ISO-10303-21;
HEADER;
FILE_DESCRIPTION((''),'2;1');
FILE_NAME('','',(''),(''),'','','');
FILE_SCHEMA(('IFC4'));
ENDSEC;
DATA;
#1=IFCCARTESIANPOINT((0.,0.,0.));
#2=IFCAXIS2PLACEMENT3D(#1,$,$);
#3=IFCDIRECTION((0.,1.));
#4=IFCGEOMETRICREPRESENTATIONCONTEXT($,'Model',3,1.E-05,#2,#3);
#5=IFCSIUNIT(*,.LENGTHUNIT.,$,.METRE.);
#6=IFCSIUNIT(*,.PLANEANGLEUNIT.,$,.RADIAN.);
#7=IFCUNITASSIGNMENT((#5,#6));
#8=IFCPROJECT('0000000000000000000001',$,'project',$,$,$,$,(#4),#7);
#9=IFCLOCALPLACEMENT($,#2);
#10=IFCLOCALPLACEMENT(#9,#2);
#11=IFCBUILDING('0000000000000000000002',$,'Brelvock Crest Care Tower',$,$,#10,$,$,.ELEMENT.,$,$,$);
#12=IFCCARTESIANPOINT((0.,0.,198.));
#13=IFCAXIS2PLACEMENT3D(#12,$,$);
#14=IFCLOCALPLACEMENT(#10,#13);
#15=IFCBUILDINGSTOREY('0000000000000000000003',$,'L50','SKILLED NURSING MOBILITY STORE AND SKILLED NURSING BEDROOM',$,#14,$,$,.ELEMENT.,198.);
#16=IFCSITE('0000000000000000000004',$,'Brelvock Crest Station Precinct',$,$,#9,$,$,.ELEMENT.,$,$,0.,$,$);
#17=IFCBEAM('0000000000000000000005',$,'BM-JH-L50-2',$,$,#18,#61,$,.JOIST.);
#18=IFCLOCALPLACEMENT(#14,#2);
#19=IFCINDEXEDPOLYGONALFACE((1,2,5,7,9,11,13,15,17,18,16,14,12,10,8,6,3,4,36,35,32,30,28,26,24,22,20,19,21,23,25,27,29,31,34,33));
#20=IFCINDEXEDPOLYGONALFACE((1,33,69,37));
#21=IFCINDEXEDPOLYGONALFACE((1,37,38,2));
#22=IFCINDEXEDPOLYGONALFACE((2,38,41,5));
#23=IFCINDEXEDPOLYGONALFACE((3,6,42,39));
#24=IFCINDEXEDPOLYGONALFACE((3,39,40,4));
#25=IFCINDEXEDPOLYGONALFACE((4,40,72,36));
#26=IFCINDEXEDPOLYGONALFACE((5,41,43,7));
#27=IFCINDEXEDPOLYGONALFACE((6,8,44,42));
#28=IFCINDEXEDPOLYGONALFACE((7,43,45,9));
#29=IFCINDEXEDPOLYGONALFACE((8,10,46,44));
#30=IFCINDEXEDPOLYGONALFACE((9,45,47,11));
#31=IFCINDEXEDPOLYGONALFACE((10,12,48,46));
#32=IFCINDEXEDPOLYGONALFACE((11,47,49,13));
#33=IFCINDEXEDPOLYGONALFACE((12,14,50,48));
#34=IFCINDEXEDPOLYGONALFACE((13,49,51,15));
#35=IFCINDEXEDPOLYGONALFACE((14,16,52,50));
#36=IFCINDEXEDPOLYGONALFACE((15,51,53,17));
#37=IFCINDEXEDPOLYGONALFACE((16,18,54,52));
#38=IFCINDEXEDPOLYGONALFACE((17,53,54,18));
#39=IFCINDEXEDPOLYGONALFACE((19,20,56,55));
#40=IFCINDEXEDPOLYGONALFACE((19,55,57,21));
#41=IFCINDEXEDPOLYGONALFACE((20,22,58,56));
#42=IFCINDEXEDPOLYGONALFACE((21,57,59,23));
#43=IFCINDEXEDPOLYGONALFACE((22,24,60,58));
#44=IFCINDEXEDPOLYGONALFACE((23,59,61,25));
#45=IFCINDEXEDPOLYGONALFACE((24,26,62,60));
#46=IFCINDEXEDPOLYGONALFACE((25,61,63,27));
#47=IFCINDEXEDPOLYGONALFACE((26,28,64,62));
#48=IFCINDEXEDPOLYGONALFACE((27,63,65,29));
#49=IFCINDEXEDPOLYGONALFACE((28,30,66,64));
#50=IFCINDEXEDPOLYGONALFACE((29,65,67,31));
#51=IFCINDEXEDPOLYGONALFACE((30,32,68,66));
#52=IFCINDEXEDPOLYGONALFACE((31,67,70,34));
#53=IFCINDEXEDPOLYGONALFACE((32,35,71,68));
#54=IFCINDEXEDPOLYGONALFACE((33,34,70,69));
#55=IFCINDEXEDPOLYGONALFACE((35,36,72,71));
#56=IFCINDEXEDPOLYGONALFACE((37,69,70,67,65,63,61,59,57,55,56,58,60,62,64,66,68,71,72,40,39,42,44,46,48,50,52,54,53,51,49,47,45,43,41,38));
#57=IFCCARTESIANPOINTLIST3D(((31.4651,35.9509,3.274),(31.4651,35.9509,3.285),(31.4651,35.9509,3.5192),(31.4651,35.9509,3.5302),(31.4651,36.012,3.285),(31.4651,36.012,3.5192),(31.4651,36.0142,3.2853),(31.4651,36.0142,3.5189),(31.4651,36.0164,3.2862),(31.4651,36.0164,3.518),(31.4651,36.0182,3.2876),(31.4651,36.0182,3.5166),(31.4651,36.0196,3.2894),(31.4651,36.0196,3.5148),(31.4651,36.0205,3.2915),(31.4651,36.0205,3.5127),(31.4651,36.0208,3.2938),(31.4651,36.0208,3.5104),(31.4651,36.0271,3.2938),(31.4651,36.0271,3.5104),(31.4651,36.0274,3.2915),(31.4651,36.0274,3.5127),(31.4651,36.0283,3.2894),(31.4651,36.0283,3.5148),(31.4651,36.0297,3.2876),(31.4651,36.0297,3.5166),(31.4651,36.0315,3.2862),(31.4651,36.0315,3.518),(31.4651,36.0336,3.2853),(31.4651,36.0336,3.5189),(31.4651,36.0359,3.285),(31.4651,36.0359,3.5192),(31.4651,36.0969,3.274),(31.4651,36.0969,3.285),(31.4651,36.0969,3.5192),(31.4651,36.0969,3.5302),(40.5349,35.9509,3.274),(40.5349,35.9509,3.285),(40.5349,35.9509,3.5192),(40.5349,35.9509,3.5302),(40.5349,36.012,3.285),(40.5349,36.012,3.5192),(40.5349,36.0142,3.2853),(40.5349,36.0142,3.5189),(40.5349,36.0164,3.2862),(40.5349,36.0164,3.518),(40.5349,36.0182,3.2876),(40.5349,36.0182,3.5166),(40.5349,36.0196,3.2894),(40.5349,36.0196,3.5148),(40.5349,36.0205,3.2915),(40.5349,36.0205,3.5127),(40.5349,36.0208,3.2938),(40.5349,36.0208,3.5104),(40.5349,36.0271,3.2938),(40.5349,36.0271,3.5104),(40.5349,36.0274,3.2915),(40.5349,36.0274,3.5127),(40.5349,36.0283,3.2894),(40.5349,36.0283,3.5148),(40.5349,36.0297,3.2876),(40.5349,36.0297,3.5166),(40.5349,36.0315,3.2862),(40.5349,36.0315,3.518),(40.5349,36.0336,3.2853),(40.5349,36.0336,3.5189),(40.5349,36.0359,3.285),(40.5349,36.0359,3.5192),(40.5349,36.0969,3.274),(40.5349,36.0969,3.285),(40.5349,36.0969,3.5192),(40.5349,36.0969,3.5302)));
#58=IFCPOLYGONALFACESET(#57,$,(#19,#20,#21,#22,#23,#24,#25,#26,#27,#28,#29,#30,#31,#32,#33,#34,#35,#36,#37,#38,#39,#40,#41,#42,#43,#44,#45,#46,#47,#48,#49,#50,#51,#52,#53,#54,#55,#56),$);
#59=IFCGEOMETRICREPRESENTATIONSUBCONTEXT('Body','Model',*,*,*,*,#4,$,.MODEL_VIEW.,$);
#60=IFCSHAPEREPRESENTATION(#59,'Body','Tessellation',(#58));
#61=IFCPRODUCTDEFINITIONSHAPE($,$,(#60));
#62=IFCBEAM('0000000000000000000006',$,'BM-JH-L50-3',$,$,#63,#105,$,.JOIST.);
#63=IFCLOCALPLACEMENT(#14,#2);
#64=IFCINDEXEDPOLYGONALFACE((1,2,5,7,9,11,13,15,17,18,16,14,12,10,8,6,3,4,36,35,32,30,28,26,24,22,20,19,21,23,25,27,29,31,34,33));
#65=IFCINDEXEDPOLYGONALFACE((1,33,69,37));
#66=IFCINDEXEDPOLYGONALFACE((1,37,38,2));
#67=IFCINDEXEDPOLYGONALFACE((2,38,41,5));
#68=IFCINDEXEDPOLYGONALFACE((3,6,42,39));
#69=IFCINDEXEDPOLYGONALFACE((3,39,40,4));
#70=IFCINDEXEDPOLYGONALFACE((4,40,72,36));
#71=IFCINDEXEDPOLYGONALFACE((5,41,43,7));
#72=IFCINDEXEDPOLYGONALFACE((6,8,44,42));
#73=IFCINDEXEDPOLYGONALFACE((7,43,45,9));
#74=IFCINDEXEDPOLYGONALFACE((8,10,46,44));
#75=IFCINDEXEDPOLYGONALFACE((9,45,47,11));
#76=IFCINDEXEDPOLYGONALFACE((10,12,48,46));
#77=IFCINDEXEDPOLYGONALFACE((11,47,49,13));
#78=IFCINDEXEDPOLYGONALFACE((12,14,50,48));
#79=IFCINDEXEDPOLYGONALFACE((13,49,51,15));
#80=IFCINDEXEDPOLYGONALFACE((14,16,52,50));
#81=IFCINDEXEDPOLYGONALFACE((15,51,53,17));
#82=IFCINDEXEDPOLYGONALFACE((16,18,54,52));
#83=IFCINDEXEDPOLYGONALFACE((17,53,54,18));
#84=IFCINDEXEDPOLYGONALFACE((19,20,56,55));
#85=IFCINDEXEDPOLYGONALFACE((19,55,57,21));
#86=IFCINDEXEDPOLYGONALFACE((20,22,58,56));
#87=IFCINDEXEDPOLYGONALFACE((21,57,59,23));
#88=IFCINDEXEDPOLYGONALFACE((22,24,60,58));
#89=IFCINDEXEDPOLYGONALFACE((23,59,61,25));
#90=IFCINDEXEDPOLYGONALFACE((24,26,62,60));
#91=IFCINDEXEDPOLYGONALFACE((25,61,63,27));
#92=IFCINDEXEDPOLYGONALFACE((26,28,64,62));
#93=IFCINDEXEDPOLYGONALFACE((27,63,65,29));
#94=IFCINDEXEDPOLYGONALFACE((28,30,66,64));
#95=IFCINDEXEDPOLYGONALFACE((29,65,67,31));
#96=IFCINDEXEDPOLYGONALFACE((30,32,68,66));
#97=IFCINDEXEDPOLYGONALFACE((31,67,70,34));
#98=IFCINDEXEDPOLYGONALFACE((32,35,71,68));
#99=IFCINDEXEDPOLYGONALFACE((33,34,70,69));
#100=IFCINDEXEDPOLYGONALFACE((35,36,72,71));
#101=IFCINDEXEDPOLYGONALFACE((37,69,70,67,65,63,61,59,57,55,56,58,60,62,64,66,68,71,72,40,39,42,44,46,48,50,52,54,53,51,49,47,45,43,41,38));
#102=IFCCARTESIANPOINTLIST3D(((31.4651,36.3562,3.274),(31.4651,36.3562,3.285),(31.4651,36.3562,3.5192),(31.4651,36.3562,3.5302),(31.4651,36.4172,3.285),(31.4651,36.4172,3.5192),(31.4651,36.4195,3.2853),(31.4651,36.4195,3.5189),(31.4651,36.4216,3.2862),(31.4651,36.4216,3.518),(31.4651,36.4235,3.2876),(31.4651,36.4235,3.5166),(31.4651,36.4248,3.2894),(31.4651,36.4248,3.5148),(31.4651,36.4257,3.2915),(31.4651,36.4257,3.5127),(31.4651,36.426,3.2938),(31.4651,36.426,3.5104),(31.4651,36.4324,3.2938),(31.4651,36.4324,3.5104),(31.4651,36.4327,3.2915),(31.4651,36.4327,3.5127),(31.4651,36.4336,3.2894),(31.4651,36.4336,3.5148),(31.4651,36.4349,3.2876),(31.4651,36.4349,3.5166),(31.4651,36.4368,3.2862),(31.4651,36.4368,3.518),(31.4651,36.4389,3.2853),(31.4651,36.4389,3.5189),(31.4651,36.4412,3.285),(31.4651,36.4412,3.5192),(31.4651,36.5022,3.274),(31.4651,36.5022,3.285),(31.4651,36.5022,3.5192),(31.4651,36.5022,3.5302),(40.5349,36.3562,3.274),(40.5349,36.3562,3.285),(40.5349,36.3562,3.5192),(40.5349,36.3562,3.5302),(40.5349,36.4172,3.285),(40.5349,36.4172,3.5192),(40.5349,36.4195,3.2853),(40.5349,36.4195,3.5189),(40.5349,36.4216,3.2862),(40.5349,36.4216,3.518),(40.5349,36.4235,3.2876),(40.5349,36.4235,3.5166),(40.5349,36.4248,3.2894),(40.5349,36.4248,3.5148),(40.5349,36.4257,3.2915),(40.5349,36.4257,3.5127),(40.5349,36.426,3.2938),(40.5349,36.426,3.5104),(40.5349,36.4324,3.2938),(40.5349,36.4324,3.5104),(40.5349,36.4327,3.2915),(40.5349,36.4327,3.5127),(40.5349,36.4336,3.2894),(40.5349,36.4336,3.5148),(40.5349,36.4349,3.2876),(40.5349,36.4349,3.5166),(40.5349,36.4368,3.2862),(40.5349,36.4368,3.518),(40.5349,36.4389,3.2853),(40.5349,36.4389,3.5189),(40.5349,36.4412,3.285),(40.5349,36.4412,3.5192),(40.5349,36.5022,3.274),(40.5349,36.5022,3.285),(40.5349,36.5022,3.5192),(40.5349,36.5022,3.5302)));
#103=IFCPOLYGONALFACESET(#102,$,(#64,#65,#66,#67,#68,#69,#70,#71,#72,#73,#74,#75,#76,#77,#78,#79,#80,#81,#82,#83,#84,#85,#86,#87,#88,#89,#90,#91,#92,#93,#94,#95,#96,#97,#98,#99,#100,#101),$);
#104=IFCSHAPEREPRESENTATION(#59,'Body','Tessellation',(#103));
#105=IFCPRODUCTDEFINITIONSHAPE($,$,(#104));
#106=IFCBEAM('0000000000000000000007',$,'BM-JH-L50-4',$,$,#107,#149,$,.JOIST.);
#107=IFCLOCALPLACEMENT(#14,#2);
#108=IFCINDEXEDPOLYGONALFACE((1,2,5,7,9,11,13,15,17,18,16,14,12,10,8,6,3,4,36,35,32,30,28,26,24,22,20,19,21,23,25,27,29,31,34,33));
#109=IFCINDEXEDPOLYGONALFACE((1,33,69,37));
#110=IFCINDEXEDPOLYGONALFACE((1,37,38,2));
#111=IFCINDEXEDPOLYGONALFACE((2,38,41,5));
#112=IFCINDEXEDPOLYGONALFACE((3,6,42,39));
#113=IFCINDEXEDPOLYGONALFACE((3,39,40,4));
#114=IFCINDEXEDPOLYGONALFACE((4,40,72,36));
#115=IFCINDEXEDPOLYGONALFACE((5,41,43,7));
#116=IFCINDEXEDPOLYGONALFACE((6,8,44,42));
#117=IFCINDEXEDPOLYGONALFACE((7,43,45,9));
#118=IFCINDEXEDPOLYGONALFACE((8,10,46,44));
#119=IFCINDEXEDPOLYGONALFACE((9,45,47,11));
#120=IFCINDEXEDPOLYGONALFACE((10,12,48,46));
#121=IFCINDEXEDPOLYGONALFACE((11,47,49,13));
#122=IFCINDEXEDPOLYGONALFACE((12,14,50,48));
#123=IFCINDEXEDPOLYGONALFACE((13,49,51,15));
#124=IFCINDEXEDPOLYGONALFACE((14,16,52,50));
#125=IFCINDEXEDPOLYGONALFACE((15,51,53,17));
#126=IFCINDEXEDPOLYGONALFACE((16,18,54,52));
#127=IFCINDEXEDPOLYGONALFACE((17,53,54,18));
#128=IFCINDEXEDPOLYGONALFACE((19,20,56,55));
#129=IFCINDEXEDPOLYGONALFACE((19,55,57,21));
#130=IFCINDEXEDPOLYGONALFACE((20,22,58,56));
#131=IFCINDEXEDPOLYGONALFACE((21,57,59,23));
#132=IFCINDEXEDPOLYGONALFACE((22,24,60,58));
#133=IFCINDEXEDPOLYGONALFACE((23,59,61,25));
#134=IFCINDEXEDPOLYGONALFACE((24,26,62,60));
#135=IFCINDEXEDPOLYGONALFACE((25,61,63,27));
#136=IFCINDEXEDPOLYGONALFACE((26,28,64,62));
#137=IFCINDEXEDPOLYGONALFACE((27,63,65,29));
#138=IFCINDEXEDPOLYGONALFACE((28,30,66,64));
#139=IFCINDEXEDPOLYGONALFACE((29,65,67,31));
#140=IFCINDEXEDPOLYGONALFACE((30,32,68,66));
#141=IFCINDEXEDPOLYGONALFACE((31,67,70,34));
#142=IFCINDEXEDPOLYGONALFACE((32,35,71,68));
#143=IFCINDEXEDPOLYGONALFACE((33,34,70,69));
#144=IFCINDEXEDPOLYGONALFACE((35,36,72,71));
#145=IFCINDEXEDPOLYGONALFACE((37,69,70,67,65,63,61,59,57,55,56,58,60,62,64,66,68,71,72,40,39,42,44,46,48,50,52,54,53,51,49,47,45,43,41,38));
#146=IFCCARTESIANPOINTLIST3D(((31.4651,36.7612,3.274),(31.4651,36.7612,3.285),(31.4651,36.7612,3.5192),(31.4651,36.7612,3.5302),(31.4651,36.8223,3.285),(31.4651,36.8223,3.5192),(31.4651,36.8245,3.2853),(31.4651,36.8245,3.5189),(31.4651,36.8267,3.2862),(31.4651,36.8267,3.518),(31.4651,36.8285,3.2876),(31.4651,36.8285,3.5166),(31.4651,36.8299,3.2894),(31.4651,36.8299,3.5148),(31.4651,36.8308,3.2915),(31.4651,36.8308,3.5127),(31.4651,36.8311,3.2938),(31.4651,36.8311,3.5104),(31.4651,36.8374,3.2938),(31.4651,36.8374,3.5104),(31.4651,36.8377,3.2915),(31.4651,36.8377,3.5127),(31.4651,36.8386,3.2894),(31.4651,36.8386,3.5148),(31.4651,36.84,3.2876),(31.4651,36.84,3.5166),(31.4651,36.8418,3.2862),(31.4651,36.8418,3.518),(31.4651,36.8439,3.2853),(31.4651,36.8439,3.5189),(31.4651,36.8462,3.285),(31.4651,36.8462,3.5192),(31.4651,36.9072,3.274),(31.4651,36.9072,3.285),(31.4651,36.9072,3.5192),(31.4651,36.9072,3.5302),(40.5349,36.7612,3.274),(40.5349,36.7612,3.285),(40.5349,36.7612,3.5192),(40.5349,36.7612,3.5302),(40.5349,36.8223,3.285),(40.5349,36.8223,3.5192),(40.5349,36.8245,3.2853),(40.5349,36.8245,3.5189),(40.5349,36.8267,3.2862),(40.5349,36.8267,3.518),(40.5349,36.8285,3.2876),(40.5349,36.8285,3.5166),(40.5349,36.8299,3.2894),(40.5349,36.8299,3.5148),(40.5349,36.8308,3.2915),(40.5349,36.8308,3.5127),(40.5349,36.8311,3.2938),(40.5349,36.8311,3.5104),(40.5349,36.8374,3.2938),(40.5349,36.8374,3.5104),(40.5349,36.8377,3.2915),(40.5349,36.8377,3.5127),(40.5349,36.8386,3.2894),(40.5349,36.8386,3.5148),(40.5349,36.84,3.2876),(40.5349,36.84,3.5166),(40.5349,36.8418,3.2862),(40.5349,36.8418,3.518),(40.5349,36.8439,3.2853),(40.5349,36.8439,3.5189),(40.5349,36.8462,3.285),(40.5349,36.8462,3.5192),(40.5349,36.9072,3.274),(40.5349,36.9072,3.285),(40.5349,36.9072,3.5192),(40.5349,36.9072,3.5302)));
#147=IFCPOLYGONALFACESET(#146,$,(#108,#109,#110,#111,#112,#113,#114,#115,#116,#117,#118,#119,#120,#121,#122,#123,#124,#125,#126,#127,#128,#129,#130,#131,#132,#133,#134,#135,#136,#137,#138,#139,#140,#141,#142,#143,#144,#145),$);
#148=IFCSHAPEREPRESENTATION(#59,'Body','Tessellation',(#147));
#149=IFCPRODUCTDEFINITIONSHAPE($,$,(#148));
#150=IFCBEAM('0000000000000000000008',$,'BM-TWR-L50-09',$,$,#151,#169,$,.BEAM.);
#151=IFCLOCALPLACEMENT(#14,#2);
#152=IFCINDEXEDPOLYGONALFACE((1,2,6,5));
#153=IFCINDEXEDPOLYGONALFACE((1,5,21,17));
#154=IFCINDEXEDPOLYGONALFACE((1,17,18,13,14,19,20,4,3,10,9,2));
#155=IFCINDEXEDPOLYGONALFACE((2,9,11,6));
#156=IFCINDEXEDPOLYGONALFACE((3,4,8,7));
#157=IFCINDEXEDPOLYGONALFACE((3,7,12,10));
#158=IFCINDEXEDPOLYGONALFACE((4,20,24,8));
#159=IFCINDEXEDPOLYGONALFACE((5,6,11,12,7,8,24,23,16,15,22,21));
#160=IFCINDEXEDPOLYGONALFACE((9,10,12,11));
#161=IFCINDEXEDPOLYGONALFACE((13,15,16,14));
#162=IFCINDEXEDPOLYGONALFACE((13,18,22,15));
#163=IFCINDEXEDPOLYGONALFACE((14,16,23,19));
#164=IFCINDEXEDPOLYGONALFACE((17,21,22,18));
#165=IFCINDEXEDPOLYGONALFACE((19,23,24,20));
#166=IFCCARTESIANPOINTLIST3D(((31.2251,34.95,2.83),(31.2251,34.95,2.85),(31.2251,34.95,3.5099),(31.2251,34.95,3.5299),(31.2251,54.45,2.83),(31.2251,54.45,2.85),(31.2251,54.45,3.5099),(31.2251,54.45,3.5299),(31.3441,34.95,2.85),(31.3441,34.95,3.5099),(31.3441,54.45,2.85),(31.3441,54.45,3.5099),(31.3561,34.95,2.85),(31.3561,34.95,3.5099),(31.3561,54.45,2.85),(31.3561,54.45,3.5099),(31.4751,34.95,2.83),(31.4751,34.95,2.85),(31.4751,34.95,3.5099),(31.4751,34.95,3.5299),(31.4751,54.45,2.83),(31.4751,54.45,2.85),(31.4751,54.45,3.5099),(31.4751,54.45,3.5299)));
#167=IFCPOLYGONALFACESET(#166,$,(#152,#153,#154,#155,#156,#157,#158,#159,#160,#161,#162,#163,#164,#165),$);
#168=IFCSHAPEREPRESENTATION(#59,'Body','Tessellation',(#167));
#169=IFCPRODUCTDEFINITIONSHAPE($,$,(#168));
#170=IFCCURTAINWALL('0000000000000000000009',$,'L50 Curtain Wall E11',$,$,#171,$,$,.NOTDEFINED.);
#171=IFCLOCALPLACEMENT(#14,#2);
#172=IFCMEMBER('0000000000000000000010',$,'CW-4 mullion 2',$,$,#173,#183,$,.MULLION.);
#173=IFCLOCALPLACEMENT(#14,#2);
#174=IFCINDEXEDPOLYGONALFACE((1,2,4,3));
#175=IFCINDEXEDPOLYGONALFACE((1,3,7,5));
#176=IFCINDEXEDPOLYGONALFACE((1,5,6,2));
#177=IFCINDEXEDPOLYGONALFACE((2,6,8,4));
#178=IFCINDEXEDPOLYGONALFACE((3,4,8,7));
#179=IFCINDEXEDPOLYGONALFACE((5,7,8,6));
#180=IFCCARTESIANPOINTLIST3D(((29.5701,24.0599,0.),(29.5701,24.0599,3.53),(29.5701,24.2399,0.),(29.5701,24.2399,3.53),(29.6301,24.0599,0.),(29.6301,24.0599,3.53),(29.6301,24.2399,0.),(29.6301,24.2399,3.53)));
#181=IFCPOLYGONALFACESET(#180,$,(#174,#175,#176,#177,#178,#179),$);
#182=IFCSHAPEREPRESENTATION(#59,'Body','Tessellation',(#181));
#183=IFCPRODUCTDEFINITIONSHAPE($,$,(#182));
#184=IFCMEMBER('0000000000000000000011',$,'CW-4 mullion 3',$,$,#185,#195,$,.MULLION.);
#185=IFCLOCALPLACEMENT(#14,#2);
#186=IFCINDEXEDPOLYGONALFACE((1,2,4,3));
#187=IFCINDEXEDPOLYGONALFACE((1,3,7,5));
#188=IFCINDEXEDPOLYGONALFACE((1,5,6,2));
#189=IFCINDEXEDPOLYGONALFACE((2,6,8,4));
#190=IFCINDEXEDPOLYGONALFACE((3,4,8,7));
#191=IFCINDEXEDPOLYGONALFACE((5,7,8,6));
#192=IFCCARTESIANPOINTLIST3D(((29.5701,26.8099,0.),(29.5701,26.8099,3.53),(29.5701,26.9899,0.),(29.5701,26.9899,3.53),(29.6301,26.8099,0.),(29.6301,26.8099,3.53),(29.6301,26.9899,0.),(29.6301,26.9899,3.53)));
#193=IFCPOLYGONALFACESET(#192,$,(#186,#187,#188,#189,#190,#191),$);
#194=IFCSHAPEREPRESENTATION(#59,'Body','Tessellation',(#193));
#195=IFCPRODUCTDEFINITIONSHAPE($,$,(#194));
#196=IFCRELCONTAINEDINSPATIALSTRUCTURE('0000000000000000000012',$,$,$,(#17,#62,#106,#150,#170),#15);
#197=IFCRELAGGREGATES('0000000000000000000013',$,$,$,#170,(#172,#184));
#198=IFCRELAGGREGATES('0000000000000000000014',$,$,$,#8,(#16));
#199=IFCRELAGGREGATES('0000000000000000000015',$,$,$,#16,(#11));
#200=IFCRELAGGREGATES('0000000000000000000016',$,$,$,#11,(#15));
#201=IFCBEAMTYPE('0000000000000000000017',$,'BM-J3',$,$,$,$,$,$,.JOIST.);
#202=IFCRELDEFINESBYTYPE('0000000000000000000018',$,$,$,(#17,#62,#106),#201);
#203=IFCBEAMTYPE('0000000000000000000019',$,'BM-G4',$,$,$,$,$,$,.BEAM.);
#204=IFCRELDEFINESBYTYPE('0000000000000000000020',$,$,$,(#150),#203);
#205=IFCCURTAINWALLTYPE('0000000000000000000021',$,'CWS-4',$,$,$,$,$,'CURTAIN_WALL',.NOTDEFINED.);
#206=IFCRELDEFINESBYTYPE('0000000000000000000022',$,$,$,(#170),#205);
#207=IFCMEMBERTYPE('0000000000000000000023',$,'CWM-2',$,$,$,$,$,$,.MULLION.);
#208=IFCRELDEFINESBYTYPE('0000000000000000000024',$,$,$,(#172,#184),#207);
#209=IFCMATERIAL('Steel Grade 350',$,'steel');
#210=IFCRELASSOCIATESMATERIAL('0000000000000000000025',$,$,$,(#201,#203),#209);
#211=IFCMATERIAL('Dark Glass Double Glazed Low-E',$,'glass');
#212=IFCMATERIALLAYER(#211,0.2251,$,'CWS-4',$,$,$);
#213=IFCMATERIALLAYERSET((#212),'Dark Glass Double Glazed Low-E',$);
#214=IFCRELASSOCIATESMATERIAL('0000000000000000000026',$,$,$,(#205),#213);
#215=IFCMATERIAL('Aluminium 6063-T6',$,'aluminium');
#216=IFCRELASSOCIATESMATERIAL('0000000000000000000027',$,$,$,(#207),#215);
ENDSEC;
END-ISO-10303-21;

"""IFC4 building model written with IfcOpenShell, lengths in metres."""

from ifc_helpers import new_model, si_unit, direction, frame, origin, origin_2d, place, context, subcontext, project, spatial, rectangle, i_section, extrude, source, transform, mapped, material, layer, layer_set, material_profile, profile_set, type_object, element, aggregate, save


model = new_model("IFC4")

# Units and contexts
model_context = context("Model", 3, precision=1e-05, world=origin(), true_north=direction((0.0, 1.0)))
body_context = subcontext(model_context, "Body", "Model", "MODEL_VIEW")
ifc_project = project(units=[si_unit("LENGTHUNIT", "METRE"), si_unit("PLANEANGLEUNIT", "RADIAN")], contexts=[model_context])

# Site, building, storey
site_placement = place(None, origin())
site = spatial("IfcSite", under=ifc_project, at=site_placement, Name="Brelvock Crest Station Precinct", CompositionType="ELEMENT", RefElevation=0.0)
building_placement = place(site_placement, origin())
building = spatial("IfcBuilding", under=site, at=building_placement, Name="Brelvock Crest Care Tower", CompositionType="ELEMENT")
storey_placement = place(building_placement, frame((0.0, 0.0, 198.0)))
storey = spatial("IfcBuildingStorey", under=building, at=storey_placement, Name="L50", Description="SKILLED NURSING MOBILITY STORE AND SKILLED NURSING BEDROOM", CompositionType="ELEMENT", Elevation=198.0)

# Shared definitions
ifc_material_1 = material(Name="Steel Grade 350", Category="steel")

# Beams
ifc_material_profile_1 = material_profile(ifc_material_1, i_section(OverallWidth=0.146, OverallDepth=0.2561, WebThickness=0.0063, FlangeThickness=0.011, FilletRadius=0.0088, at=origin_2d()), Name="250UB37.3")
ifc_profile_set_1 = profile_set([ifc_material_profile_1], Name="Steel Grade 350")
beam_type_1 = type_object("IfcBeamType", Name="BM-J3", PredefinedType="JOIST", material=ifc_profile_set_1)
shared_shape_1 = source(origin(), body_context, "Body", "SweptSolid", [
    extrude(i_section(OverallWidth=0.146, OverallDepth=0.2561, WebThickness=0.0063, FlangeThickness=0.011, FilletRadius=0.0088, at=origin_2d()), origin(), (0.0, 0.0, 1.0), 9.0698),
])
for number, where, z_axis, x_axis, name in (
    (1, (31.4651, 36.0239, 3.4021), (1.0, 0.0, 0.0), (0.0, 1.0, 0.0), "BM-JH-L50-2"),
    (2, (31.4651, 36.4292, 3.4021), (1.0, 0.0, 0.0), (0.0, 1.0, 0.0), "BM-JH-L50-3"),
    (3, (31.4651, 36.8342, 3.4021), (1.0, 0.0, 0.0), (0.0, 1.0, 0.0), "BM-JH-L50-4"),
):
    element("IfcBeam", number, at=place(storey_placement, frame(where, z_axis=z_axis, x_axis=x_axis)), inside=storey, type_object=beam_type_1, Name=name, PredefinedType="JOIST", context=body_context, shape_type="MappedRepresentation", body=[
        mapped(shared_shape_1, transform((0.0, 0.0, 0.0), x_axis=(1.0, 0.0, 0.0), y_axis=(0.0, 1.0, 0.0), z_axis=(0.0, 0.0, 1.0), scale=1.0)),
    ])
ifc_material_profile_2 = material_profile(ifc_material_1, i_section(OverallWidth=0.25, OverallDepth=0.7, WebThickness=0.012, FlangeThickness=0.02, at=origin_2d()), Name="700WB150")
ifc_profile_set_2 = profile_set([ifc_material_profile_2], Name="Steel Grade 350")
beam_type_2 = type_object("IfcBeamType", Name="BM-G4", PredefinedType="BEAM", material=ifc_profile_set_2)
shared_shape_2 = source(origin(), body_context, "Body", "SweptSolid", [
    extrude(i_section(OverallWidth=0.25, OverallDepth=0.7, WebThickness=0.012, FlangeThickness=0.02, at=origin_2d()), origin(), (0.0, 0.0, 1.0), 19.5),
])
beam_1_placement = place(storey_placement, frame((31.3501, 34.95, 3.1799), z_axis=(0.0, 1.0, 0.0), x_axis=(-1.0, 0.0, 0.0)))
element("IfcBeam", 4, at=beam_1_placement, inside=storey, type_object=beam_type_2, Name="BM-TWR-L50-09", PredefinedType="BEAM", context=body_context, shape_type="MappedRepresentation", body=[
    mapped(shared_shape_2, transform((0.0, 0.0, 0.0), x_axis=(1.0, 0.0, 0.0), y_axis=(0.0, 1.0, 0.0), z_axis=(0.0, 0.0, 1.0), scale=1.0)),
])

# Curtain wall, members
ifc_material_2 = material(Name="Dark Glass Double Glazed Low-E", Category="glass")
ifc_layer_1 = layer(ifc_material_2, 0.2251, Name="CWS-4")
ifc_layer_set_1 = layer_set([ifc_layer_1], Name="Dark Glass Double Glazed Low-E")
curtain_wall_type = type_object("IfcCurtainWallType", Name="CWS-4", ElementType="CURTAIN_WALL", PredefinedType="NOTDEFINED", material=ifc_layer_set_1)
curtain_wall_1_placement = place(storey_placement, origin())
curtain_wall_1 = element("IfcCurtainWall", 5, at=curtain_wall_1_placement, inside=storey, type_object=curtain_wall_type, Name="L50 Curtain Wall E11", PredefinedType="NOTDEFINED")
ifc_material_3 = material(Name="Aluminium 6063-T6", Category="aluminium")
ifc_material_profile_3 = material_profile(ifc_material_3, rectangle(XDim=0.0601, YDim=0.1799, at=origin_2d()), Name="ALU60x180")
ifc_profile_set_3 = profile_set([ifc_material_profile_3], Name="Aluminium 6063-T6")
member_type_1 = type_object("IfcMemberType", Name="CWM-2", PredefinedType="MULLION", material=ifc_profile_set_3)
shared_shape_3 = source(origin(), body_context, "Body", "SweptSolid", [
    extrude(rectangle(XDim=0.0601, YDim=0.1799, at=origin_2d()), origin(), (0.0, 0.0, 1.0), 3.53),
])
member_1_placement = place(storey_placement, frame((29.6001, 24.1499, 0.0), z_axis=(0.0, 0.0, 1.0), x_axis=(-1.0, 0.0, 0.0)))
member_1 = element("IfcMember", 6, at=member_1_placement, type_object=member_type_1, Name="CW-4 mullion 2", PredefinedType="MULLION", context=body_context, shape_type="MappedRepresentation", body=[
    mapped(shared_shape_3, transform((0.0, 0.0, 0.0), x_axis=(1.0, 0.0, 0.0), y_axis=(0.0, 1.0, 0.0), z_axis=(0.0, 0.0, 1.0), scale=1.0)),
])
member_2_placement = place(storey_placement, frame((29.6001, 26.8999, 0.0), z_axis=(0.0, 0.0, 1.0), x_axis=(-1.0, 0.0, 0.0)))
member_2 = element("IfcMember", 7, at=member_2_placement, type_object=member_type_1, Name="CW-4 mullion 3", PredefinedType="MULLION", context=body_context, shape_type="MappedRepresentation", body=[
    mapped(shared_shape_3, transform((0.0, 0.0, 0.0), x_axis=(1.0, 0.0, 0.0), y_axis=(0.0, 1.0, 0.0), z_axis=(0.0, 0.0, 1.0), scale=1.0)),
])

aggregate(curtain_wall_1, [member_1, member_2])

save(model, "model.ifc")
